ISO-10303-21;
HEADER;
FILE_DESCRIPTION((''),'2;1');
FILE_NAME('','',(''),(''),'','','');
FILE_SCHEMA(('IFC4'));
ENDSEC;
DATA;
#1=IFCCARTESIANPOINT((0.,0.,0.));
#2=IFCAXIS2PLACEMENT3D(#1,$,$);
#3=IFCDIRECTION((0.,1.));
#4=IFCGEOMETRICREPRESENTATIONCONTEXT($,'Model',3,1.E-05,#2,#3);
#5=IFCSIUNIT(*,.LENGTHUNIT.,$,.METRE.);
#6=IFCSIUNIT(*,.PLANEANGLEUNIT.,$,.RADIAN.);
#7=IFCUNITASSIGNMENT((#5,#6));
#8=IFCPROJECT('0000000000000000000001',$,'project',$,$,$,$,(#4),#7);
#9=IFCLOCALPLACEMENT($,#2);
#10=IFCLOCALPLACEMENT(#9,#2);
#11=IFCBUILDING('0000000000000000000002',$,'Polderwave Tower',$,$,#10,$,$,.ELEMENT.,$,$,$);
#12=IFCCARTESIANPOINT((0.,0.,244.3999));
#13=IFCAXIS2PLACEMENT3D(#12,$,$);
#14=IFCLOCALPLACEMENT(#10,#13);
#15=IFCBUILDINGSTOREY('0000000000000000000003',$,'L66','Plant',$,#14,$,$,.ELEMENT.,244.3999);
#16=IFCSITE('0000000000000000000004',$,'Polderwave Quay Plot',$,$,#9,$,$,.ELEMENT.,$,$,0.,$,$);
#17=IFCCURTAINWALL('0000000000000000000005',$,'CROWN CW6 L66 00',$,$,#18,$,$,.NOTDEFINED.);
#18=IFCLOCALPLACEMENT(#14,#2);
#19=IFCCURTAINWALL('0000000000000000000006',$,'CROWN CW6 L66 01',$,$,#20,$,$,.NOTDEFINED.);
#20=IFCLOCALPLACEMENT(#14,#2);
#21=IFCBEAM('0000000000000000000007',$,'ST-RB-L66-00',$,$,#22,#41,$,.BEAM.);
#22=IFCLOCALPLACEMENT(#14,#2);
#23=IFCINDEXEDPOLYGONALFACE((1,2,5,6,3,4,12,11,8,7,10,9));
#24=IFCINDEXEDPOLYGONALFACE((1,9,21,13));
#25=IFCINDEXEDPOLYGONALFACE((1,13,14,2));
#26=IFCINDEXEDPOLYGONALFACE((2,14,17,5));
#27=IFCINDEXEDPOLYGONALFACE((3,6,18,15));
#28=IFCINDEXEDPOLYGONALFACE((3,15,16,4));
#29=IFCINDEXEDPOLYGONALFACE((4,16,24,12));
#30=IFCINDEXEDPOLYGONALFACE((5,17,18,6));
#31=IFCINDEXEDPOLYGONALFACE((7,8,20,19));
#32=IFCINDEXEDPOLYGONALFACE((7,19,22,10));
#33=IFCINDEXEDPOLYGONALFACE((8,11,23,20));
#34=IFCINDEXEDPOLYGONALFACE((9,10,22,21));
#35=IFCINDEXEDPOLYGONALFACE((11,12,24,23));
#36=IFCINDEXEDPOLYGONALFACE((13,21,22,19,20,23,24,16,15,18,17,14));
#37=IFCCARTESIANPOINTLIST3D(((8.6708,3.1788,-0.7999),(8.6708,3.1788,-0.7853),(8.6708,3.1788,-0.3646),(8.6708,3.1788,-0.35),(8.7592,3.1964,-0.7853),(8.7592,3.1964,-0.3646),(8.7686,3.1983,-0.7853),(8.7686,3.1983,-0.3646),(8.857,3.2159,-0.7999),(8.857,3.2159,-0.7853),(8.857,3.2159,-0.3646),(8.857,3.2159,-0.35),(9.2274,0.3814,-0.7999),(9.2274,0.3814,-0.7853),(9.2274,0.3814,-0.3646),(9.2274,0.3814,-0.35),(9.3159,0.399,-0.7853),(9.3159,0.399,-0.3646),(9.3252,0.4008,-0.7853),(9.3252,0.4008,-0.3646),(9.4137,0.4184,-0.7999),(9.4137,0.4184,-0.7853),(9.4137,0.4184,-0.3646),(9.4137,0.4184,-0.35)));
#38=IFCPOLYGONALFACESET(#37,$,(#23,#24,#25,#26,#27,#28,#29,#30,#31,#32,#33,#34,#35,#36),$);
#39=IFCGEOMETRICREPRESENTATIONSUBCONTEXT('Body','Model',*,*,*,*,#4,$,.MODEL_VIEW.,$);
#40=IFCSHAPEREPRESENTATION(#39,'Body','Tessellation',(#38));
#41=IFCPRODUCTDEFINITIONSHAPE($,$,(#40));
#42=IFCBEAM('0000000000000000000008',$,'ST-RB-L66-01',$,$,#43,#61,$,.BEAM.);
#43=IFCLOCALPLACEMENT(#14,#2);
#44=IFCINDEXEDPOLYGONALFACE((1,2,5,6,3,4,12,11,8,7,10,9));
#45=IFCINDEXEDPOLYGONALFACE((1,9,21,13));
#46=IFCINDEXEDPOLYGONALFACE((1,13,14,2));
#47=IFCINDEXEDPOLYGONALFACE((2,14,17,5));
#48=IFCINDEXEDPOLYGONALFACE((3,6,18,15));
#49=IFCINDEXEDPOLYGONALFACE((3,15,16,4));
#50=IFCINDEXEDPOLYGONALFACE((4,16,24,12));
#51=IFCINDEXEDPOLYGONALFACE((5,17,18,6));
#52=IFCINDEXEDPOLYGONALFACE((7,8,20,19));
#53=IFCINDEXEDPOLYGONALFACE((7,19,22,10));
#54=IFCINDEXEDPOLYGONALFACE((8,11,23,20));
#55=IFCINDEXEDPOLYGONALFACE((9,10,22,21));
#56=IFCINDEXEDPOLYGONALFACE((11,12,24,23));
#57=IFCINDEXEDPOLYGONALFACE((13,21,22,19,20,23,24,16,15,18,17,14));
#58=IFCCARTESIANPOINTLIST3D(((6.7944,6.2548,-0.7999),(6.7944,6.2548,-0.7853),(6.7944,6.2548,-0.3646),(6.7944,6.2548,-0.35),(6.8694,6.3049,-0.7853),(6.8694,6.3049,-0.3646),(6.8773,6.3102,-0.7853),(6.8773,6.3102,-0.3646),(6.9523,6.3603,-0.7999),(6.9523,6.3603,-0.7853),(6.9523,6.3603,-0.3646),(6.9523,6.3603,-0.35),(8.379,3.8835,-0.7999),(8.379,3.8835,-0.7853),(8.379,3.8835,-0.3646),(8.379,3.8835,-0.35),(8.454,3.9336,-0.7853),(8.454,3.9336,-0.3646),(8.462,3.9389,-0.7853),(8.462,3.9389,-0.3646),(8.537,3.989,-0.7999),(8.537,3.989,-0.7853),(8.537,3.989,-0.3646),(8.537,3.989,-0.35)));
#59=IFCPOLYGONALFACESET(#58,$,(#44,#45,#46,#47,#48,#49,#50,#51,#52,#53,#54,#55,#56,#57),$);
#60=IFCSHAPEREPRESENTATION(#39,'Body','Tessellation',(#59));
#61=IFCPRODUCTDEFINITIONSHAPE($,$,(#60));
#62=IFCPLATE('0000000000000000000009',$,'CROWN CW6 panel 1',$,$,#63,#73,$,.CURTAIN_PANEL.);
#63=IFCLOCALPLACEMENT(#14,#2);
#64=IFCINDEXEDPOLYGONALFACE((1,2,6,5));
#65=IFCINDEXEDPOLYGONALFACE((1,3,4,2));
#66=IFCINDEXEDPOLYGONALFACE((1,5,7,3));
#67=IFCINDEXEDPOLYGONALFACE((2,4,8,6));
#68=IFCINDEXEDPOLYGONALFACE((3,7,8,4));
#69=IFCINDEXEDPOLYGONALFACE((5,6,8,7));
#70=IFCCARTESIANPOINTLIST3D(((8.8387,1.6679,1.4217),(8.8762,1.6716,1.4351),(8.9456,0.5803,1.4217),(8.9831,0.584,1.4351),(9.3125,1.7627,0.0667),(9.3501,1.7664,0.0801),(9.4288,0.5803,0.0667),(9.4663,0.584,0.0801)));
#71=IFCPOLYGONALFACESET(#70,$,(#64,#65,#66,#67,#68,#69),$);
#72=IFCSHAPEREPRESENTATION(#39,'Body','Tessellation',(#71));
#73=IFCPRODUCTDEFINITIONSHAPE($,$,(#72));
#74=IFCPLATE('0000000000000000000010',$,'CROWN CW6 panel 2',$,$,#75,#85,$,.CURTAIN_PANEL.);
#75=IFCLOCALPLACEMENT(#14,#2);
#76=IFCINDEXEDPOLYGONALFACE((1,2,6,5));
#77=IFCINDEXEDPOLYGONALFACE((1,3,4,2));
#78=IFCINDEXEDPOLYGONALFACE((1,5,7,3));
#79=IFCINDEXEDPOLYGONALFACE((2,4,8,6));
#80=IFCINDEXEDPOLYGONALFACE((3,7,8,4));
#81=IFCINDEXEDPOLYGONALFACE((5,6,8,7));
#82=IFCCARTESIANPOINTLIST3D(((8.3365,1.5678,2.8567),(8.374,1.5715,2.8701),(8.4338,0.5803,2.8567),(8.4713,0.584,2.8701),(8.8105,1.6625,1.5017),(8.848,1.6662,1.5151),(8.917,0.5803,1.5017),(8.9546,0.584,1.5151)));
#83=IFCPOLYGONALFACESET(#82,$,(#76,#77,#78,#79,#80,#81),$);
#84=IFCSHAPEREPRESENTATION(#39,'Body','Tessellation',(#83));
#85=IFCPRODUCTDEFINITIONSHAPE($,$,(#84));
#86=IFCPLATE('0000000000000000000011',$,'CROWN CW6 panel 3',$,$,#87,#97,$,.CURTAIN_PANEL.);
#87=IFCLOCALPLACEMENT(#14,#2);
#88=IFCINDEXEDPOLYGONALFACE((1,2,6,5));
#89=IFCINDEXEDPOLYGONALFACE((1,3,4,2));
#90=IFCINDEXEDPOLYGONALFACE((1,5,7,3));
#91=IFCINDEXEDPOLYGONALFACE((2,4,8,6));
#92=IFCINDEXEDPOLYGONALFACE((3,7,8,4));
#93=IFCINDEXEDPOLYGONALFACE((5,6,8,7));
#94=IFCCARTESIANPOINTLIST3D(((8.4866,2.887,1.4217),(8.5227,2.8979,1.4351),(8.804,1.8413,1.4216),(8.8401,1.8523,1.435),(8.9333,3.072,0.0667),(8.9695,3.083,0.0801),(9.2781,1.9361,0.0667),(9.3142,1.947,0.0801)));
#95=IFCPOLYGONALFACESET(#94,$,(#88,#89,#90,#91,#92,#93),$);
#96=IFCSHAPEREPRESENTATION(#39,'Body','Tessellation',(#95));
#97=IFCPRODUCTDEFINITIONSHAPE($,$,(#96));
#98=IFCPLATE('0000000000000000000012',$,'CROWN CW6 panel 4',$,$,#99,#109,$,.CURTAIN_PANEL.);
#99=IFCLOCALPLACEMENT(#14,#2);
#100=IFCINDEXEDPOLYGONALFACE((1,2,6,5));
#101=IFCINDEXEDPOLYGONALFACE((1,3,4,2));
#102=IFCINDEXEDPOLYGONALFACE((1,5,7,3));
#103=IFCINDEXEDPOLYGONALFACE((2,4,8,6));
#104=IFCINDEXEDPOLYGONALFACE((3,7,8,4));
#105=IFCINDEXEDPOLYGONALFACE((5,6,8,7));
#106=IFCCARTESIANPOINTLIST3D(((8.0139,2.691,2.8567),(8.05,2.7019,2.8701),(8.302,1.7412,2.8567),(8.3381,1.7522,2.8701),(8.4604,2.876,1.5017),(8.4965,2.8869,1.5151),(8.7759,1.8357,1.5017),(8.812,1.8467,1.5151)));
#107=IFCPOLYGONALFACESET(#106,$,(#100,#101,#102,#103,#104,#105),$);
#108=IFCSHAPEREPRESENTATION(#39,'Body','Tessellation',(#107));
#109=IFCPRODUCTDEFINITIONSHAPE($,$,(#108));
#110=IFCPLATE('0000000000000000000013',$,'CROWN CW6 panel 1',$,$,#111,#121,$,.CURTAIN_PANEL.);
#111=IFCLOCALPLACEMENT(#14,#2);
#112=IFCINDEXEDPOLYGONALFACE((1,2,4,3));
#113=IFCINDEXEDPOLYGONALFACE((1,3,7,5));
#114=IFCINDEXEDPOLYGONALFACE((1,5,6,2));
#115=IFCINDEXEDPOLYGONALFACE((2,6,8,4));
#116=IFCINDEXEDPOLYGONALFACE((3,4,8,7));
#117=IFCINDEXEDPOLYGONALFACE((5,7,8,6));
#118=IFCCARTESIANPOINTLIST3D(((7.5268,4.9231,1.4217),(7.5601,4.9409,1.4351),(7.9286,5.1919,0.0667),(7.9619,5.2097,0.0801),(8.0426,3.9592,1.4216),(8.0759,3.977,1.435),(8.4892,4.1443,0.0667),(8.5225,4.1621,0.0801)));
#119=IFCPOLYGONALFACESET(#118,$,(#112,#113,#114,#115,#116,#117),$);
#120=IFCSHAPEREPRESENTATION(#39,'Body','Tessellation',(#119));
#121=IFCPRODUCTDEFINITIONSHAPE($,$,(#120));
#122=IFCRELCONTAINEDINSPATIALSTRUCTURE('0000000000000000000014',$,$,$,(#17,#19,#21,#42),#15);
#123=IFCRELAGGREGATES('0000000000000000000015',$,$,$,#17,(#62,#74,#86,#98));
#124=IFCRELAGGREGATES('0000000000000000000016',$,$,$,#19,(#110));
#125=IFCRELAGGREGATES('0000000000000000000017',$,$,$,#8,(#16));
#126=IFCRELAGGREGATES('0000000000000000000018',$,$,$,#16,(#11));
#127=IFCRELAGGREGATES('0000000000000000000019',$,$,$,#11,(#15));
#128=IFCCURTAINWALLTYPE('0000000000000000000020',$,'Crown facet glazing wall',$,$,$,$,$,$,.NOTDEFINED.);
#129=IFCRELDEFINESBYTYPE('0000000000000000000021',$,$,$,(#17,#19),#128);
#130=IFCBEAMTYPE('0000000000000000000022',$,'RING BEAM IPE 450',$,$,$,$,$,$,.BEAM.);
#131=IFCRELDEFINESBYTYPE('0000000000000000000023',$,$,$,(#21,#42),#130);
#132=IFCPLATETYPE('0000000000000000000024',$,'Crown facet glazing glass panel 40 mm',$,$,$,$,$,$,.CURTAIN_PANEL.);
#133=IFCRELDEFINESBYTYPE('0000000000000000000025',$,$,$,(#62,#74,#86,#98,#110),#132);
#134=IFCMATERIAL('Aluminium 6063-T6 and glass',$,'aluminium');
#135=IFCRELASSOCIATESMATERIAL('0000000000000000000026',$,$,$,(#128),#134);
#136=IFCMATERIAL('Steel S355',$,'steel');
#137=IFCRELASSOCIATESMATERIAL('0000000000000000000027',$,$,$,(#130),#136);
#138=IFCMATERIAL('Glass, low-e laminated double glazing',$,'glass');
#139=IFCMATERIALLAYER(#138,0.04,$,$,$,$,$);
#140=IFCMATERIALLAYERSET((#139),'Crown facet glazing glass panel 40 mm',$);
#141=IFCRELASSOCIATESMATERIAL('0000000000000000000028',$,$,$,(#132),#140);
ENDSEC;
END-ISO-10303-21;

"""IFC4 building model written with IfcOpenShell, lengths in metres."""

from ifc_helpers import new_model, si_unit, direction, frame, origin, origin_2d, place, context, subcontext, project, spatial, polyline, i_section, outline, extrude, material, layer, layer_set, material_profile, profile_set, type_object, element, aggregate, save


model = new_model("IFC4")

# Units and contexts
model_context = context("Model", 3, precision=1e-05, world=origin(), true_north=direction((0.0, 1.0)))
body_context = subcontext(model_context, "Body", "Model", "MODEL_VIEW")
ifc_project = project(units=[si_unit("LENGTHUNIT", "METRE"), si_unit("PLANEANGLEUNIT", "RADIAN")], contexts=[model_context])

# Site, building, storey
site_placement = place(None, origin())
site = spatial("IfcSite", under=ifc_project, at=site_placement, Name="Polderwave Quay Plot", CompositionType="ELEMENT", RefElevation=0.0)
building_placement = place(site_placement, origin())
building = spatial("IfcBuilding", under=site, at=building_placement, Name="Polderwave Tower", CompositionType="ELEMENT")
storey_placement = place(building_placement, frame((0.0, 0.0, 244.3999)))
storey = spatial("IfcBuildingStorey", under=building, at=storey_placement, Name="L66", Description="Plant", CompositionType="ELEMENT", Elevation=244.3999)

# Curtain wall
ifc_material_1 = material(Name="Aluminium 6063-T6 and glass", Category="aluminium")
curtain_wall_type = type_object("IfcCurtainWallType", Name="Crown facet glazing wall", PredefinedType="NOTDEFINED", material=ifc_material_1)
curtain_wall_1_placement = place(storey_placement, origin())
curtain_wall_1 = element("IfcCurtainWall", 1, at=curtain_wall_1_placement, inside=storey, type_object=curtain_wall_type, Name="CROWN CW6 L66 00", PredefinedType="NOTDEFINED")

# Curtain wall
curtain_wall_2_placement = place(storey_placement, origin())
curtain_wall_2 = element("IfcCurtainWall", 2, at=curtain_wall_2_placement, inside=storey, type_object=curtain_wall_type, Name="CROWN CW6 L66 01", PredefinedType="NOTDEFINED")

# Beams
ifc_material_2 = material(Name="Steel S355", Category="steel")
ifc_material_profile_1 = material_profile(ifc_material_2, i_section(OverallWidth=0.1899, OverallDepth=0.45, WebThickness=0.0095, FlangeThickness=0.0146, at=origin_2d()), Name="IPE 450")
ifc_profile_set_1 = profile_set([ifc_material_profile_1], Name="Steel S355")
beam_type = type_object("IfcBeamType", Name="RING BEAM IPE 450", PredefinedType="BEAM", material=ifc_profile_set_1)
beam_1_placement = place(storey_placement, frame((9.3206, 0.3999, -0.575), z_axis=(-0.195161, 0.980771, 0.0), x_axis=(-0.980771, -0.195161, 0.0)))
element("IfcBeam", 3, at=beam_1_placement, inside=storey, type_object=beam_type, Name="ST-RB-L66-00", PredefinedType="BEAM", context=body_context, shape_type="SweptSolid", body=[
    extrude(i_section(OverallWidth=0.1899, OverallDepth=0.45, WebThickness=0.0095, FlangeThickness=0.0146, at=origin_2d()), origin(), (0.0, 0.0, 1.0), 2.8523),
])
beam_2_placement = place(storey_placement, frame((8.458, 3.9363, -0.575), z_axis=(-0.555628, 0.831431, 0.0), x_axis=(-0.831431, -0.555628, 0.0)))
element("IfcBeam", 4, at=beam_2_placement, inside=storey, type_object=beam_type, Name="ST-RB-L66-01", PredefinedType="BEAM", context=body_context, shape_type="SweptSolid", body=[
    extrude(i_section(OverallWidth=0.1899, OverallDepth=0.45, WebThickness=0.0095, FlangeThickness=0.0146, at=origin_2d()), origin(), (0.0, 0.0, 1.0), 2.8521),
])

# Plates
ifc_material_3 = material(Name="Glass, low-e laminated double glazing", Category="glass")
ifc_layer = layer(ifc_material_3, 0.04)
ifc_layer_set = layer_set([ifc_layer], Name="Crown facet glazing glass panel 40 mm")
plate_type = type_object("IfcPlateType", Name="Crown facet glazing glass panel 40 mm", PredefinedType="CURTAIN_PANEL", material=ifc_layer_set)
plate_1_placement = place(storey_placement, frame((9.4663, 0.584, 0.0801), z_axis=(0.937895, 0.092196, 0.334443), x_axis=(-0.097828, 0.995203, -0.000005)))
plate_1 = element("IfcPlate", 5, at=plate_1_placement, type_object=plate_type, Name="CROWN CW6 panel 1", PredefinedType="CURTAIN_PANEL", context=body_context, shape_type="SweptSolid", body=[
    extrude(outline(polyline([(0.0, 0.0), (1.1881, 0.0), (1.1402, 1.4378), (0.0473, 1.4378), (0.0, 0.0)])), origin(), (0.0, 0.0, -1.0), 0.04),
])
plate_2_placement = place(storey_placement, frame((8.9546, 0.584, 1.5151), z_axis=(0.937851, 0.092369, 0.334518), x_axis=(-0.098001, 0.995186, -0.000043)))
plate_2 = element("IfcPlate", 6, at=plate_2_placement, type_object=plate_type, Name="CROWN CW6 panel 2", PredefinedType="CURTAIN_PANEL", context=body_context, shape_type="SweptSolid", body=[
    extrude(outline(polyline([(0.0, 0.0), (1.0875, 0.0), (1.0396, 1.4379), (0.0473, 1.4378), (0.0, 0.0)])), origin(), (0.0, 0.0, -1.0), 0.04),
])
plate_3_placement = place(storey_placement, frame((9.3142, 1.947, 0.0801), z_axis=(0.90172, 0.273664, 0.334676), x_axis=(-0.290408, 0.956903, -0.000009)))
plate_3 = element("IfcPlate", 7, at=plate_3_placement, type_object=plate_type, Name="CROWN CW6 panel 3", PredefinedType="CURTAIN_PANEL", context=body_context, shape_type="SweptSolid", body=[
    extrude(outline(polyline([(0.0, 0.0), (1.1871, 0.0), (1.1398, 1.4379), (0.047, 1.4379), (0.0, 0.0)])), origin(), (0.0, 0.0, -1.0), 0.04),
])
plate_4_placement = place(storey_placement, frame((8.812, 1.8467, 1.5151), z_axis=(0.901831, 0.273503, 0.33451), x_axis=(-0.290217, 0.956961, -0.000017)))
plate_4 = element("IfcPlate", 8, at=plate_4_placement, type_object=plate_type, Name="CROWN CW6 panel 4", PredefinedType="CURTAIN_PANEL", context=body_context, shape_type="SweptSolid", body=[
    extrude(outline(polyline([(0.0, 0.0), (1.0871, 0.0), (1.0395, 1.4378), (0.0471, 1.4378), (0.0, 0.0)])), origin(), (0.0, 0.0, -1.0), 0.04),
])
aggregate(curtain_wall_1, [plate_1, plate_2, plate_3, plate_4])
plate_5_placement = place(storey_placement, frame((8.5225, 4.1621, 0.0801), z_axis=(0.830876, 0.444633, 0.334583), x_axis=(-0.471821, 0.881694, -0.000016)))
plate_5 = element("IfcPlate", 9, at=plate_5_placement, type_object=plate_type, Name="CROWN CW6 panel 1", PredefinedType="CURTAIN_PANEL", context=body_context, shape_type="SweptSolid", body=[
    extrude(outline(polyline([(0.0, 0.0), (1.1881, 0.0), (1.1407, 1.4379), (0.0475, 1.4378), (0.0, 0.0)])), origin(), (0.0, 0.0, -1.0), 0.04),
])
aggregate(curtain_wall_2, [plate_5])

save(model, "model.ifc")
